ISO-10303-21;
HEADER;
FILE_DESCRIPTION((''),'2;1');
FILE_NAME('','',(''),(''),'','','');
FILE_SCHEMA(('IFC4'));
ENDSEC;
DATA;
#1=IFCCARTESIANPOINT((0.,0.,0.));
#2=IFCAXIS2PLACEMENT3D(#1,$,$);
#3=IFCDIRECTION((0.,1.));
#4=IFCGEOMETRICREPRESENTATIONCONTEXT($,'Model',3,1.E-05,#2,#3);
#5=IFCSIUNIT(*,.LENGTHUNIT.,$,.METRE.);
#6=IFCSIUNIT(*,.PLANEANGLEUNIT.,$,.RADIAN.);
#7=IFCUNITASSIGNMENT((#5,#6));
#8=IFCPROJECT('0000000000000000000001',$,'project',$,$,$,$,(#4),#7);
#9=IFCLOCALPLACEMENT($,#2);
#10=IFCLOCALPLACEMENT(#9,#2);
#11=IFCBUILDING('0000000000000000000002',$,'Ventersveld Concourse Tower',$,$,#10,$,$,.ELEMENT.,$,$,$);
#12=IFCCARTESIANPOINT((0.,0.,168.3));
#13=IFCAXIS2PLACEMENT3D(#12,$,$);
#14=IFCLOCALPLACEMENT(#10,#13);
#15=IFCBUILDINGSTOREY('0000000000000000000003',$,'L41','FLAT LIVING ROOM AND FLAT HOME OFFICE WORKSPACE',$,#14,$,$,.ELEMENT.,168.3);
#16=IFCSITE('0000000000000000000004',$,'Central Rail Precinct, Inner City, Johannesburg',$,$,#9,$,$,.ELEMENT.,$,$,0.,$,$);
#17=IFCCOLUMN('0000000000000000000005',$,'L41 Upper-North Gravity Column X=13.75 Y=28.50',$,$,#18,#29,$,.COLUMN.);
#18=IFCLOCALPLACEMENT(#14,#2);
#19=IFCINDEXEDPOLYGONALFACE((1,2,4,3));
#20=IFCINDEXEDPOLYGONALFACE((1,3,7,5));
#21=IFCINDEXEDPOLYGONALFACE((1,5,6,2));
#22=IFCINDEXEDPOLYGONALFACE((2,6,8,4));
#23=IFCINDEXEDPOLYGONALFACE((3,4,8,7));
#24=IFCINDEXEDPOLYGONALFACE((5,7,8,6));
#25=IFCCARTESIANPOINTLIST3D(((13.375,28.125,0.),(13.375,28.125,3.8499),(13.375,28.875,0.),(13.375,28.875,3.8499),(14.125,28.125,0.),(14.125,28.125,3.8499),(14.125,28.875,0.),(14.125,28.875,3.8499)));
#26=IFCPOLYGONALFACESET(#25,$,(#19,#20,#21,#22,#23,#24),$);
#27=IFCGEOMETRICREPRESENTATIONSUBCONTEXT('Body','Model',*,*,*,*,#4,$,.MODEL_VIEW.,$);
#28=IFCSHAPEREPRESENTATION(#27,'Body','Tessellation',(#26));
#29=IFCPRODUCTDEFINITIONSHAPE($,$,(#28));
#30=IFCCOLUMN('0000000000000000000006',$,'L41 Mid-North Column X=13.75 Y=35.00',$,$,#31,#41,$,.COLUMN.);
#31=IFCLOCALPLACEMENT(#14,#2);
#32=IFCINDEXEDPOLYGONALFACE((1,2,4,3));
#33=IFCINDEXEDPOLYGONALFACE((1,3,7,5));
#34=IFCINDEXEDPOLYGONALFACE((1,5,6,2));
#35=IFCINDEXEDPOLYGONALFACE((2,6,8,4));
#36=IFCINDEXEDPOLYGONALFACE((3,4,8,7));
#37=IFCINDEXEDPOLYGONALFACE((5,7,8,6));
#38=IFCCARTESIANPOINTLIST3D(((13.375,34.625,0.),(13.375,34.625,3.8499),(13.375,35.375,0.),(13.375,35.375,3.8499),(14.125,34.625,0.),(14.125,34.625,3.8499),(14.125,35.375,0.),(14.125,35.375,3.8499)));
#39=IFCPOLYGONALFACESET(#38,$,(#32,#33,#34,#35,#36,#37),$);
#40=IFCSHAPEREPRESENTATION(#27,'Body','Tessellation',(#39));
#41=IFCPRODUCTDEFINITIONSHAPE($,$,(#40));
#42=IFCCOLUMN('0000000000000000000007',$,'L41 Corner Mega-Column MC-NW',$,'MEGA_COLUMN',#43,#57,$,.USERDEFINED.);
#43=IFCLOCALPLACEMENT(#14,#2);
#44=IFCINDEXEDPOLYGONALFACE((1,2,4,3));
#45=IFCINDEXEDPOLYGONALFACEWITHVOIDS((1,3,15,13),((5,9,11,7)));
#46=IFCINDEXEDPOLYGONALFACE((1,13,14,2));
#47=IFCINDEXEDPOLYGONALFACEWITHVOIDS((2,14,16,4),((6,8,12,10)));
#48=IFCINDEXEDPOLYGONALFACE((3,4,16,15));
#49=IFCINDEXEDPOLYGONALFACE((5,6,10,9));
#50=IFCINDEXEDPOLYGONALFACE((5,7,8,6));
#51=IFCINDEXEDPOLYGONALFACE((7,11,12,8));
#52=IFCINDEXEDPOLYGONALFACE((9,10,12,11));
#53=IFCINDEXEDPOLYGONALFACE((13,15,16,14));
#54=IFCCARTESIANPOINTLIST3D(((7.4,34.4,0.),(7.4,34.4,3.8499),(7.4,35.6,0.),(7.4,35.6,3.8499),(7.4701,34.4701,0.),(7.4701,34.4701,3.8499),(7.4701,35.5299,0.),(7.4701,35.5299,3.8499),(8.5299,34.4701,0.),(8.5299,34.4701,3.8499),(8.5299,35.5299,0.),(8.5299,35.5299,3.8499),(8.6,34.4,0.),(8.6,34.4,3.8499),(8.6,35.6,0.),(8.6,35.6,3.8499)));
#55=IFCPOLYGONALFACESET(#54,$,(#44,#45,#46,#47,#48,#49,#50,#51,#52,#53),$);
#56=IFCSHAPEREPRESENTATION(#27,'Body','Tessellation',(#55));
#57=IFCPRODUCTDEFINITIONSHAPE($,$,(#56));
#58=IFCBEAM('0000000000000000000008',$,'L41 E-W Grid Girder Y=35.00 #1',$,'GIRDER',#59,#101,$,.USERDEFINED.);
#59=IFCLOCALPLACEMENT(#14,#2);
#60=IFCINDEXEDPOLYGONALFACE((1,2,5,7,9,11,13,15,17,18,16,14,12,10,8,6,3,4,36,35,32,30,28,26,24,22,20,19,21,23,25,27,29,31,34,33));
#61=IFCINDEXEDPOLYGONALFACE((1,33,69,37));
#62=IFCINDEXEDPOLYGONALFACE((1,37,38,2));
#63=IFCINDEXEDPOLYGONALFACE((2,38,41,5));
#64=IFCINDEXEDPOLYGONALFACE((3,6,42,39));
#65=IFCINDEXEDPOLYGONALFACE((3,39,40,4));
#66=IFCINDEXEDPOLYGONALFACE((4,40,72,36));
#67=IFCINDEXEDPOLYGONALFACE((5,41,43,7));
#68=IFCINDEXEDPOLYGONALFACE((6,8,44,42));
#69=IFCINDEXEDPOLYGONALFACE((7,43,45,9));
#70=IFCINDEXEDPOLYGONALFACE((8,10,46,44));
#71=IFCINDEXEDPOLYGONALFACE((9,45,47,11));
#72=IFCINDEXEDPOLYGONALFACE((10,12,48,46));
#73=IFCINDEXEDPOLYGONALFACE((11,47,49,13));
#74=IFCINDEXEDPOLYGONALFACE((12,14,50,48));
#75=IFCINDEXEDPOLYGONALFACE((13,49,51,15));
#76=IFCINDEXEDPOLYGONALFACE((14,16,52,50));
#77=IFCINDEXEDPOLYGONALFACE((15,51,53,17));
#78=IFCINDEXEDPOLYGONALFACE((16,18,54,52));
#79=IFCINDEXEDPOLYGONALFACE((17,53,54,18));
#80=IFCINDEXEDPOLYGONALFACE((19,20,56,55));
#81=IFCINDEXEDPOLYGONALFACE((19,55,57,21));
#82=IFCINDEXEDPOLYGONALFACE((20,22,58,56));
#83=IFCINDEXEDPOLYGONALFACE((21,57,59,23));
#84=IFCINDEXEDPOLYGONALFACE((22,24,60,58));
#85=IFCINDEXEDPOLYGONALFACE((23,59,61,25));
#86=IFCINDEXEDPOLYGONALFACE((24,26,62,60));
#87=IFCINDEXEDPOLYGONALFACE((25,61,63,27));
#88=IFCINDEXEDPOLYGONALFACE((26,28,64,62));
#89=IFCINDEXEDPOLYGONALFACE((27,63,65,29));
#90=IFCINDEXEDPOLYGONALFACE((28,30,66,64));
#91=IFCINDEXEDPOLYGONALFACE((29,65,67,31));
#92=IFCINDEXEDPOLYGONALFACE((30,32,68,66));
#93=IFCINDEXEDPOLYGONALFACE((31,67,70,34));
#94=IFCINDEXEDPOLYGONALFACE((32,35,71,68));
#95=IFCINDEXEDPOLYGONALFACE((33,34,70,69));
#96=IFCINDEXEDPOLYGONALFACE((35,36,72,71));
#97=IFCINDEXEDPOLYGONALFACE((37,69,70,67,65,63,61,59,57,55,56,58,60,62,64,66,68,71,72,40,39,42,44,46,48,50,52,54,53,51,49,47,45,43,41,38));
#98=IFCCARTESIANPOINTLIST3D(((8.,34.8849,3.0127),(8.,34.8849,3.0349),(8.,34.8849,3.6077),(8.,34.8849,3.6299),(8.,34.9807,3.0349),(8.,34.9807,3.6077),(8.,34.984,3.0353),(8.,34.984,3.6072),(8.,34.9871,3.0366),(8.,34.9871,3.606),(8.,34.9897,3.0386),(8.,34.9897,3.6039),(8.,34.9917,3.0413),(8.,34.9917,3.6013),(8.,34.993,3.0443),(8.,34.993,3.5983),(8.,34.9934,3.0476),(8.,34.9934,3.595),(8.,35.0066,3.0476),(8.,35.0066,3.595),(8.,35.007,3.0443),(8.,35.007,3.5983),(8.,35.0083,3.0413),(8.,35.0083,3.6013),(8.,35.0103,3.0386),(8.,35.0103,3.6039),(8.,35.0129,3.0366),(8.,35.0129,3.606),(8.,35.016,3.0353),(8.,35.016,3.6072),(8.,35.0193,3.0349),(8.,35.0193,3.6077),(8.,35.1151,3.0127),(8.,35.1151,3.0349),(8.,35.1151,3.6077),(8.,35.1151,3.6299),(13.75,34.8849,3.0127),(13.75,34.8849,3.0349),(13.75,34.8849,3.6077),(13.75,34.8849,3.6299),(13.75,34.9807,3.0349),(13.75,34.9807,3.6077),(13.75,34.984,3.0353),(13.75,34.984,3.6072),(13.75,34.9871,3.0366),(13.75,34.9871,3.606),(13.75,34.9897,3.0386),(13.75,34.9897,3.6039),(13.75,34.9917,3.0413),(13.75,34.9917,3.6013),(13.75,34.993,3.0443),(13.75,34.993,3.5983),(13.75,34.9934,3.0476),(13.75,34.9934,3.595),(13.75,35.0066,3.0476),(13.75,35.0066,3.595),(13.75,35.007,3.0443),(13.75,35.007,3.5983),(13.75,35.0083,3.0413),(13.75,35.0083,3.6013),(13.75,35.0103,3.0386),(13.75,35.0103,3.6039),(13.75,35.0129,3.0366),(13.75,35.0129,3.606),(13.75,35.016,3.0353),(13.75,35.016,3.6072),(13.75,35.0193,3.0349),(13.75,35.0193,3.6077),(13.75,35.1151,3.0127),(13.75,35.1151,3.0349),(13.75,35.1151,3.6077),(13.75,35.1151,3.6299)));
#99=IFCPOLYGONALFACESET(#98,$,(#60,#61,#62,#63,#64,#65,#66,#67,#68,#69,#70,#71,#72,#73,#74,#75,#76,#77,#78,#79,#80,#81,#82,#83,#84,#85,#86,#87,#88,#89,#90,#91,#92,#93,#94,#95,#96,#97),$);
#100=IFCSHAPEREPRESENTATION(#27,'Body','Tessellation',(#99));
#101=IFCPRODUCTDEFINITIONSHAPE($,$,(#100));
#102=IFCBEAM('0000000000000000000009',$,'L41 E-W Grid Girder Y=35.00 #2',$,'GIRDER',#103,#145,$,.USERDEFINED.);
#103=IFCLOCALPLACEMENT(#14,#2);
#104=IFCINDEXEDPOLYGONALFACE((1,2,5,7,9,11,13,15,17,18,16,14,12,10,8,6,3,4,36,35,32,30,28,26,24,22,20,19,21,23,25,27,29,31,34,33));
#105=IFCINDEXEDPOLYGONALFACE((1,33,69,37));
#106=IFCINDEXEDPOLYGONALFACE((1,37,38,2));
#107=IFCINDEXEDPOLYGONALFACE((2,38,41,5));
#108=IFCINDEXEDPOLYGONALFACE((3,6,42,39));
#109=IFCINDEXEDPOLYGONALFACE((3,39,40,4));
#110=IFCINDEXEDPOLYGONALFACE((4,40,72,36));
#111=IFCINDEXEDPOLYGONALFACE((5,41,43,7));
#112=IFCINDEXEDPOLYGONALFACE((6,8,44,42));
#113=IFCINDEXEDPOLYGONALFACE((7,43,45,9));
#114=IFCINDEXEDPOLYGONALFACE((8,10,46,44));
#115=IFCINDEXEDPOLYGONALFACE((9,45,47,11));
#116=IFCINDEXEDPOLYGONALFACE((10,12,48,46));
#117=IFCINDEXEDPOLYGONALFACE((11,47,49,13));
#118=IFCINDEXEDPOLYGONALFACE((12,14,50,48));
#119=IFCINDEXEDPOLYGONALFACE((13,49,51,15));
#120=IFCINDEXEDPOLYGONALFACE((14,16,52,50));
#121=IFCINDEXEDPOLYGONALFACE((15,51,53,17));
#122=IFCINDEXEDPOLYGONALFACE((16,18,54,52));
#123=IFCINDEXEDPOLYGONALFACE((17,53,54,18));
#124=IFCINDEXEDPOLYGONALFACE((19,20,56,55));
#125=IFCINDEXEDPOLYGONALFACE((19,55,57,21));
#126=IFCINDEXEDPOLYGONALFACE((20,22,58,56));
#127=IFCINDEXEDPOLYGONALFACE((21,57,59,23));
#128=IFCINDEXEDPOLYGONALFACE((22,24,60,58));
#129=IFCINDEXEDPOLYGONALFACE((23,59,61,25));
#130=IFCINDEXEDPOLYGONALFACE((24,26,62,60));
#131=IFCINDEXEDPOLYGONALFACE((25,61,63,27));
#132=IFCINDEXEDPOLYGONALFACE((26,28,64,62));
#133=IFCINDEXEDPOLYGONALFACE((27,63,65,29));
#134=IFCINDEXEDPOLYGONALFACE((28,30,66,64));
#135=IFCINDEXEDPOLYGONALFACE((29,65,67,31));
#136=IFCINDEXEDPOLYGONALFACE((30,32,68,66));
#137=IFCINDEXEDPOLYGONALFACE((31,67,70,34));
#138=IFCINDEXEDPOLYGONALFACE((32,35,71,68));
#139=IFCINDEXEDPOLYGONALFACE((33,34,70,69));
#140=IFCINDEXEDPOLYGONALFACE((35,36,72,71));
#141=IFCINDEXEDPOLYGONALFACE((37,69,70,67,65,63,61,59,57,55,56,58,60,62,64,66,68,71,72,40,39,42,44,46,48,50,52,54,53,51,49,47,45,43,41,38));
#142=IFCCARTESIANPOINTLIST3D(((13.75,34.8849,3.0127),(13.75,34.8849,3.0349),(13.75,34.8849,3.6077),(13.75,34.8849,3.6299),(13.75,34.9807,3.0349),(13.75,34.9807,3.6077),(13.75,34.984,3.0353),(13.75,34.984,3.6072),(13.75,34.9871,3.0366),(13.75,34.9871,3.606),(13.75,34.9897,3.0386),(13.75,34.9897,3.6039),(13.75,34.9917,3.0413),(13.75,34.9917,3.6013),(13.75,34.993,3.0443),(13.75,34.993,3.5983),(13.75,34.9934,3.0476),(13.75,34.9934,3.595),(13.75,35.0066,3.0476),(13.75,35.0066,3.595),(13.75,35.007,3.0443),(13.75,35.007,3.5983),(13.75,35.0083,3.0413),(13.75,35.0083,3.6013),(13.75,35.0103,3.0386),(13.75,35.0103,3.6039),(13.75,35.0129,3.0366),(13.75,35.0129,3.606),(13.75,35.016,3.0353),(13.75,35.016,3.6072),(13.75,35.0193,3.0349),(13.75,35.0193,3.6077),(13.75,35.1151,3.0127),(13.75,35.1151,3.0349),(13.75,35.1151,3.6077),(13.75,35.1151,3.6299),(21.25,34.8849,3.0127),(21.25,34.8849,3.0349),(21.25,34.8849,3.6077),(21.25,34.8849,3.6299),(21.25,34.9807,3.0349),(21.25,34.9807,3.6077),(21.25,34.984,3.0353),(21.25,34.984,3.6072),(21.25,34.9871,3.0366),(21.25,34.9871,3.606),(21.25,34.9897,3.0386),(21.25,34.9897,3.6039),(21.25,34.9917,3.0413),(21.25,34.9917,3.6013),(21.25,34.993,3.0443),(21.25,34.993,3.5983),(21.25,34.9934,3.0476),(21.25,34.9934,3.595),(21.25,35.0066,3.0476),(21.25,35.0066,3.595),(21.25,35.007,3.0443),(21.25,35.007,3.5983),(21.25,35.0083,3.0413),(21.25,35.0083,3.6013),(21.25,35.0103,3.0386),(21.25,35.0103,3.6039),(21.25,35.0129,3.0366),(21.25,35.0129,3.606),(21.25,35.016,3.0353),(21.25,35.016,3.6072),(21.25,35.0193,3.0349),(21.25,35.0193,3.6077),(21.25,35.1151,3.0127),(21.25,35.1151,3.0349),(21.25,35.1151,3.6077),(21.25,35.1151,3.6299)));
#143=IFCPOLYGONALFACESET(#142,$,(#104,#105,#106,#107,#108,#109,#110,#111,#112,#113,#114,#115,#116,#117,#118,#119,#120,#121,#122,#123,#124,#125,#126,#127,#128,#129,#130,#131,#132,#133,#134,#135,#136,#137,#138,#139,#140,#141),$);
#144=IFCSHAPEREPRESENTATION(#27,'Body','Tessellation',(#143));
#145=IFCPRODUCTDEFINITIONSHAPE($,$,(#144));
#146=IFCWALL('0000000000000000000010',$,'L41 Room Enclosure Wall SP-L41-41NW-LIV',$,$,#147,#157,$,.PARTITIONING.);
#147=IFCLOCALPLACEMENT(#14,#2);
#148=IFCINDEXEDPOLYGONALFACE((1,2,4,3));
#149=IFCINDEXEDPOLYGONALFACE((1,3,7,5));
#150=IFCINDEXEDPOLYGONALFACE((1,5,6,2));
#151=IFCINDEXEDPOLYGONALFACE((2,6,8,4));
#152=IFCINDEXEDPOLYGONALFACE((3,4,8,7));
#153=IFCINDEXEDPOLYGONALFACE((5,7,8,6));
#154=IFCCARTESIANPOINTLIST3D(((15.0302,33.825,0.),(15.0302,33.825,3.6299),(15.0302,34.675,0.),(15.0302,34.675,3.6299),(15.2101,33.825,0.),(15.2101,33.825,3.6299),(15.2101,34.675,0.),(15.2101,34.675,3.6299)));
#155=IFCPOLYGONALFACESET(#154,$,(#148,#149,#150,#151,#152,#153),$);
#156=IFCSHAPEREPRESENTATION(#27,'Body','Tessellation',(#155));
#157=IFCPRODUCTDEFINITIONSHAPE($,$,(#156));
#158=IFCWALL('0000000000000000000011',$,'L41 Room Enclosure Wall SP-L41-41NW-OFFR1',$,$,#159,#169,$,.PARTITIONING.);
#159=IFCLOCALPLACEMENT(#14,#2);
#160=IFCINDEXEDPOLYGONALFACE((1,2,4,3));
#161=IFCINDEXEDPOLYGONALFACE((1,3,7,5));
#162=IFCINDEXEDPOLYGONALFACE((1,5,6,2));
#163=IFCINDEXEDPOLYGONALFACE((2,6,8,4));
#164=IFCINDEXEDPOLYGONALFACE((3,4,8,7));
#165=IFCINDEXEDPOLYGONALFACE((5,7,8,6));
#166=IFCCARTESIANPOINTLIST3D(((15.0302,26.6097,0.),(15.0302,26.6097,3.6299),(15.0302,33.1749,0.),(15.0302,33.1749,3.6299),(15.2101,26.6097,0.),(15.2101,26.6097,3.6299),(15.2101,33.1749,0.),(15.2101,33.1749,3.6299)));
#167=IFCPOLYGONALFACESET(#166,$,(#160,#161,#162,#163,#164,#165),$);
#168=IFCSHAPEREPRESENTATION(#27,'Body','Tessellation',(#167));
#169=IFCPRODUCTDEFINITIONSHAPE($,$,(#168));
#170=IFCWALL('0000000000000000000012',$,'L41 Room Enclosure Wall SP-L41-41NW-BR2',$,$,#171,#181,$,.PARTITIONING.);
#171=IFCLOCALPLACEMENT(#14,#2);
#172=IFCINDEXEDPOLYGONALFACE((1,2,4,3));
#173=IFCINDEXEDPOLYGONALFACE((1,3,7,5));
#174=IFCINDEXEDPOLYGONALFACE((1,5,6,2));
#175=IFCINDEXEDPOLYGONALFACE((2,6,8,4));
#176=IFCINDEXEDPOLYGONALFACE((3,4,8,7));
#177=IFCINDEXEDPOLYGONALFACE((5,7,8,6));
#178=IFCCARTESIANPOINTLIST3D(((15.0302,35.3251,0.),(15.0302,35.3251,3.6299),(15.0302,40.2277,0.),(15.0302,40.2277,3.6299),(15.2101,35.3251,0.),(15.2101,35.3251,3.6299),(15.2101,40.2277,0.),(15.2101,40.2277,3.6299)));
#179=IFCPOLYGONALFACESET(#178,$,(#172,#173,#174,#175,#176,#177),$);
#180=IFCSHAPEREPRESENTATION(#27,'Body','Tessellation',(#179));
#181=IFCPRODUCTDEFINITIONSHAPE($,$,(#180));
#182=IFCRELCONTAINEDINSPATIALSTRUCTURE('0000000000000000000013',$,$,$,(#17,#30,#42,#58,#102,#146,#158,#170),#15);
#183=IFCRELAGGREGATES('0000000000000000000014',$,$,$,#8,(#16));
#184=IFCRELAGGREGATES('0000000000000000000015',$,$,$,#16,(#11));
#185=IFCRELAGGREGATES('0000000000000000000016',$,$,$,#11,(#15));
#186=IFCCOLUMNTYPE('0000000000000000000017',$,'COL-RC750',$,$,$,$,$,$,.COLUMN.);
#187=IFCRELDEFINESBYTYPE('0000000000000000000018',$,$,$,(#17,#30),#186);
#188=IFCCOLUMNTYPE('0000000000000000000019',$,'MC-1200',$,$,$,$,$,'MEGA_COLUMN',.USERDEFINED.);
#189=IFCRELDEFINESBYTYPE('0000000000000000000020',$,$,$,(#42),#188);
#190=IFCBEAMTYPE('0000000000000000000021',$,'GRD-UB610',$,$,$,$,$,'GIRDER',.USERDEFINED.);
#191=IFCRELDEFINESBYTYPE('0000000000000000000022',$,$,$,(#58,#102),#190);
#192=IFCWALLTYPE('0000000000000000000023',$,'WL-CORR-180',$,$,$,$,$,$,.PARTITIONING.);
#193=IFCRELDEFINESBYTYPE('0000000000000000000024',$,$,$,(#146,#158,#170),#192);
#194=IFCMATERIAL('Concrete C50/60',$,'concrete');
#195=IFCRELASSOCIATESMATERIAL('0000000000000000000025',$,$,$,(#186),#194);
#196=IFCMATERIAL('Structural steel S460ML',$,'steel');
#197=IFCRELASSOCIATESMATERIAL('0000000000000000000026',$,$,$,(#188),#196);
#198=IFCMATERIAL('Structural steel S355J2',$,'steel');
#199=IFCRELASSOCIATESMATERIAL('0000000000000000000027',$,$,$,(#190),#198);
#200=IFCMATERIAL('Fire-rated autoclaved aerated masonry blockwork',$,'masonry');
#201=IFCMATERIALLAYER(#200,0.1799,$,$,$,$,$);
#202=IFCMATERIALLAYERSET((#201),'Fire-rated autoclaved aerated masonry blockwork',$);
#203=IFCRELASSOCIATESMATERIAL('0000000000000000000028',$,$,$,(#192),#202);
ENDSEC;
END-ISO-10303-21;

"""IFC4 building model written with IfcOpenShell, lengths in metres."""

from ifc_helpers import new_model, si_unit, direction, frame, frame_2d, origin, origin_2d, place, context, subcontext, project, spatial, rectangle, hollow_rectangle, i_section, extrude, material, layer, layer_set, material_profile, profile_set, type_object, element, save


model = new_model("IFC4")

# Units and contexts
model_context = context("Model", 3, precision=1e-05, world=origin(), true_north=direction((0.0, 1.0)))
body_context = subcontext(model_context, "Body", "Model", "MODEL_VIEW")
ifc_project = project(units=[si_unit("LENGTHUNIT", "METRE"), si_unit("PLANEANGLEUNIT", "RADIAN")], contexts=[model_context])

# Site, building, storey
site_placement = place(None, origin())
site = spatial("IfcSite", under=ifc_project, at=site_placement, Name="Central Rail Precinct, Inner City, Johannesburg", CompositionType="ELEMENT", RefElevation=0.0)
building_placement = place(site_placement, origin())
building = spatial("IfcBuilding", under=site, at=building_placement, Name="Ventersveld Concourse Tower", CompositionType="ELEMENT")
storey_placement = place(building_placement, frame((0.0, 0.0, 168.3)))
storey = spatial("IfcBuildingStorey", under=building, at=storey_placement, Name="L41", Description="FLAT LIVING ROOM AND FLAT HOME OFFICE WORKSPACE", CompositionType="ELEMENT", Elevation=168.3)

# Columns
ifc_material_1 = material(Name="Concrete C50/60", Category="concrete")
ifc_material_profile_1 = material_profile(ifc_material_1, rectangle(XDim=0.75, YDim=0.75, at=origin_2d()), Name="RC 750x750")
ifc_profile_set_1 = profile_set([ifc_material_profile_1], Name="Concrete C50/60")
column_type_1 = type_object("IfcColumnType", Name="COL-RC750", PredefinedType="COLUMN", material=ifc_profile_set_1)
for number, where, z_axis, x_axis, name in (
    (1, (13.75, 28.5, 0.0), (0.0, 0.0, 1.0), (1.0, 0.0, 0.0), "L41 Upper-North Gravity Column X=13.75 Y=28.50"),
    (2, (13.75, 35.0, 0.0), (0.0, 0.0, 1.0), (1.0, 0.0, 0.0), "L41 Mid-North Column X=13.75 Y=35.00"),
):
    element("IfcColumn", number, at=place(storey_placement, frame(where, z_axis=z_axis, x_axis=x_axis)), inside=storey, type_object=column_type_1, Name=name, PredefinedType="COLUMN", context=body_context, shape_type="SweptSolid", body=[
        extrude(rectangle(XDim=0.75, YDim=0.75, at=origin_2d()), origin(), (0.0, 0.0, 1.0), 3.8499),
    ])
ifc_material_2 = material(Name="Structural steel S460ML", Category="steel")
ifc_material_profile_2 = material_profile(ifc_material_2, hollow_rectangle(XDim=1.2, YDim=1.2, WallThickness=0.0701, at=origin_2d()), Name="BOX 1200x1200x70")
ifc_profile_set_2 = profile_set([ifc_material_profile_2], Name="Structural steel S460ML")
column_type_2 = type_object("IfcColumnType", Name="MC-1200", ElementType="MEGA_COLUMN", PredefinedType="USERDEFINED", material=ifc_profile_set_2)
column_placement = place(storey_placement, frame((8.0, 35.0, 0.0), z_axis=(0.0, 0.0, 1.0), x_axis=(1.0, 0.0, 0.0)))
element("IfcColumn", 3, at=column_placement, inside=storey, type_object=column_type_2, Name="L41 Corner Mega-Column MC-NW", ObjectType="MEGA_COLUMN", PredefinedType="USERDEFINED", context=body_context, shape_type="SweptSolid", body=[
    extrude(hollow_rectangle(XDim=1.2, YDim=1.2, WallThickness=0.0701, at=origin_2d()), origin(), (0.0, 0.0, 1.0), 3.8499),
])

# Beams
ifc_material_3 = material(Name="Structural steel S355J2", Category="steel")
ifc_material_profile_3 = material_profile(ifc_material_3, i_section(OverallWidth=0.2302, OverallDepth=0.6172, WebThickness=0.0132, FlangeThickness=0.0222, FilletRadius=0.0127, at=origin_2d()), Name="UB 610x229x140")
ifc_profile_set_3 = profile_set([ifc_material_profile_3], Name="Structural steel S355J2")
beam_type = type_object("IfcBeamType", Name="GRD-UB610", ElementType="GIRDER", PredefinedType="USERDEFINED", material=ifc_profile_set_3)
beam_1_placement = place(storey_placement, frame((8.0, 35.0, 3.3213), z_axis=(1.0, 0.0, 0.0), x_axis=(0.0, 1.0, 0.0)))
element("IfcBeam", 4, at=beam_1_placement, inside=storey, type_object=beam_type, Name="L41 E-W Grid Girder Y=35.00 #1", ObjectType="GIRDER", PredefinedType="USERDEFINED", context=body_context, shape_type="SweptSolid", body=[
    extrude(i_section(OverallWidth=0.2302, OverallDepth=0.6172, WebThickness=0.0132, FlangeThickness=0.0222, FilletRadius=0.0127, at=origin_2d()), origin(), (0.0, 0.0, 1.0), 5.75),
])
beam_2_placement = place(storey_placement, frame((13.75, 35.0, 3.3213), z_axis=(1.0, 0.0, 0.0), x_axis=(0.0, 1.0, 0.0)))
element("IfcBeam", 5, at=beam_2_placement, inside=storey, type_object=beam_type, Name="L41 E-W Grid Girder Y=35.00 #2", ObjectType="GIRDER", PredefinedType="USERDEFINED", context=body_context, shape_type="SweptSolid", body=[
    extrude(i_section(OverallWidth=0.2302, OverallDepth=0.6172, WebThickness=0.0132, FlangeThickness=0.0222, FilletRadius=0.0127, at=origin_2d()), origin(), (0.0, 0.0, 1.0), 7.5),
])

# Walls
ifc_material_4 = material(Name="Fire-rated autoclaved aerated masonry blockwork", Category="masonry")
ifc_layer_1 = layer(ifc_material_4, 0.1799)
ifc_layer_set_1 = layer_set([ifc_layer_1], Name="Fire-rated autoclaved aerated masonry blockwork")
wall_type_1 = type_object("IfcWallType", Name="WL-CORR-180", PredefinedType="PARTITIONING", material=ifc_layer_set_1)
wall_1_placement = place(storey_placement, frame((15.1201, 34.675, 0.0), z_axis=(0.0, 0.0, 1.0), x_axis=(0.0, -1.0, 0.0)))
element("IfcWall", 6, at=wall_1_placement, inside=storey, type_object=wall_type_1, Name="L41 Room Enclosure Wall SP-L41-41NW-LIV", PredefinedType="PARTITIONING", context=body_context, shape_type="SweptSolid", body=[
    extrude(rectangle(XDim=0.8501, YDim=0.1799, at=frame_2d((0.425, 0.0))), origin(), (0.0, 0.0, 1.0), 3.6299),
])
wall_2_placement = place(storey_placement, frame((15.1201, 33.175, 0.0), z_axis=(0.0, 0.0, 1.0), x_axis=(0.0, -1.0, 0.0)))
element("IfcWall", 7, at=wall_2_placement, inside=storey, type_object=wall_type_1, Name="L41 Room Enclosure Wall SP-L41-41NW-OFFR1", PredefinedType="PARTITIONING", context=body_context, shape_type="SweptSolid", body=[
    extrude(rectangle(XDim=6.5652, YDim=0.1799, at=frame_2d((3.2827, 0.0))), origin(), (0.0, 0.0, 1.0), 3.6299),
])
wall_3_placement = place(storey_placement, frame((15.1201, 40.2275, 0.0), z_axis=(0.0, 0.0, 1.0), x_axis=(0.0, -1.0, 0.0)))
element("IfcWall", 8, at=wall_3_placement, inside=storey, type_object=wall_type_1, Name="L41 Room Enclosure Wall SP-L41-41NW-BR2", PredefinedType="PARTITIONING", context=body_context, shape_type="SweptSolid", body=[
    extrude(rectangle(XDim=4.9026, YDim=0.1799, at=frame_2d((2.4512, 0.0))), origin(), (0.0, 0.0, 1.0), 3.6299),
])

save(model, "model.ifc")
